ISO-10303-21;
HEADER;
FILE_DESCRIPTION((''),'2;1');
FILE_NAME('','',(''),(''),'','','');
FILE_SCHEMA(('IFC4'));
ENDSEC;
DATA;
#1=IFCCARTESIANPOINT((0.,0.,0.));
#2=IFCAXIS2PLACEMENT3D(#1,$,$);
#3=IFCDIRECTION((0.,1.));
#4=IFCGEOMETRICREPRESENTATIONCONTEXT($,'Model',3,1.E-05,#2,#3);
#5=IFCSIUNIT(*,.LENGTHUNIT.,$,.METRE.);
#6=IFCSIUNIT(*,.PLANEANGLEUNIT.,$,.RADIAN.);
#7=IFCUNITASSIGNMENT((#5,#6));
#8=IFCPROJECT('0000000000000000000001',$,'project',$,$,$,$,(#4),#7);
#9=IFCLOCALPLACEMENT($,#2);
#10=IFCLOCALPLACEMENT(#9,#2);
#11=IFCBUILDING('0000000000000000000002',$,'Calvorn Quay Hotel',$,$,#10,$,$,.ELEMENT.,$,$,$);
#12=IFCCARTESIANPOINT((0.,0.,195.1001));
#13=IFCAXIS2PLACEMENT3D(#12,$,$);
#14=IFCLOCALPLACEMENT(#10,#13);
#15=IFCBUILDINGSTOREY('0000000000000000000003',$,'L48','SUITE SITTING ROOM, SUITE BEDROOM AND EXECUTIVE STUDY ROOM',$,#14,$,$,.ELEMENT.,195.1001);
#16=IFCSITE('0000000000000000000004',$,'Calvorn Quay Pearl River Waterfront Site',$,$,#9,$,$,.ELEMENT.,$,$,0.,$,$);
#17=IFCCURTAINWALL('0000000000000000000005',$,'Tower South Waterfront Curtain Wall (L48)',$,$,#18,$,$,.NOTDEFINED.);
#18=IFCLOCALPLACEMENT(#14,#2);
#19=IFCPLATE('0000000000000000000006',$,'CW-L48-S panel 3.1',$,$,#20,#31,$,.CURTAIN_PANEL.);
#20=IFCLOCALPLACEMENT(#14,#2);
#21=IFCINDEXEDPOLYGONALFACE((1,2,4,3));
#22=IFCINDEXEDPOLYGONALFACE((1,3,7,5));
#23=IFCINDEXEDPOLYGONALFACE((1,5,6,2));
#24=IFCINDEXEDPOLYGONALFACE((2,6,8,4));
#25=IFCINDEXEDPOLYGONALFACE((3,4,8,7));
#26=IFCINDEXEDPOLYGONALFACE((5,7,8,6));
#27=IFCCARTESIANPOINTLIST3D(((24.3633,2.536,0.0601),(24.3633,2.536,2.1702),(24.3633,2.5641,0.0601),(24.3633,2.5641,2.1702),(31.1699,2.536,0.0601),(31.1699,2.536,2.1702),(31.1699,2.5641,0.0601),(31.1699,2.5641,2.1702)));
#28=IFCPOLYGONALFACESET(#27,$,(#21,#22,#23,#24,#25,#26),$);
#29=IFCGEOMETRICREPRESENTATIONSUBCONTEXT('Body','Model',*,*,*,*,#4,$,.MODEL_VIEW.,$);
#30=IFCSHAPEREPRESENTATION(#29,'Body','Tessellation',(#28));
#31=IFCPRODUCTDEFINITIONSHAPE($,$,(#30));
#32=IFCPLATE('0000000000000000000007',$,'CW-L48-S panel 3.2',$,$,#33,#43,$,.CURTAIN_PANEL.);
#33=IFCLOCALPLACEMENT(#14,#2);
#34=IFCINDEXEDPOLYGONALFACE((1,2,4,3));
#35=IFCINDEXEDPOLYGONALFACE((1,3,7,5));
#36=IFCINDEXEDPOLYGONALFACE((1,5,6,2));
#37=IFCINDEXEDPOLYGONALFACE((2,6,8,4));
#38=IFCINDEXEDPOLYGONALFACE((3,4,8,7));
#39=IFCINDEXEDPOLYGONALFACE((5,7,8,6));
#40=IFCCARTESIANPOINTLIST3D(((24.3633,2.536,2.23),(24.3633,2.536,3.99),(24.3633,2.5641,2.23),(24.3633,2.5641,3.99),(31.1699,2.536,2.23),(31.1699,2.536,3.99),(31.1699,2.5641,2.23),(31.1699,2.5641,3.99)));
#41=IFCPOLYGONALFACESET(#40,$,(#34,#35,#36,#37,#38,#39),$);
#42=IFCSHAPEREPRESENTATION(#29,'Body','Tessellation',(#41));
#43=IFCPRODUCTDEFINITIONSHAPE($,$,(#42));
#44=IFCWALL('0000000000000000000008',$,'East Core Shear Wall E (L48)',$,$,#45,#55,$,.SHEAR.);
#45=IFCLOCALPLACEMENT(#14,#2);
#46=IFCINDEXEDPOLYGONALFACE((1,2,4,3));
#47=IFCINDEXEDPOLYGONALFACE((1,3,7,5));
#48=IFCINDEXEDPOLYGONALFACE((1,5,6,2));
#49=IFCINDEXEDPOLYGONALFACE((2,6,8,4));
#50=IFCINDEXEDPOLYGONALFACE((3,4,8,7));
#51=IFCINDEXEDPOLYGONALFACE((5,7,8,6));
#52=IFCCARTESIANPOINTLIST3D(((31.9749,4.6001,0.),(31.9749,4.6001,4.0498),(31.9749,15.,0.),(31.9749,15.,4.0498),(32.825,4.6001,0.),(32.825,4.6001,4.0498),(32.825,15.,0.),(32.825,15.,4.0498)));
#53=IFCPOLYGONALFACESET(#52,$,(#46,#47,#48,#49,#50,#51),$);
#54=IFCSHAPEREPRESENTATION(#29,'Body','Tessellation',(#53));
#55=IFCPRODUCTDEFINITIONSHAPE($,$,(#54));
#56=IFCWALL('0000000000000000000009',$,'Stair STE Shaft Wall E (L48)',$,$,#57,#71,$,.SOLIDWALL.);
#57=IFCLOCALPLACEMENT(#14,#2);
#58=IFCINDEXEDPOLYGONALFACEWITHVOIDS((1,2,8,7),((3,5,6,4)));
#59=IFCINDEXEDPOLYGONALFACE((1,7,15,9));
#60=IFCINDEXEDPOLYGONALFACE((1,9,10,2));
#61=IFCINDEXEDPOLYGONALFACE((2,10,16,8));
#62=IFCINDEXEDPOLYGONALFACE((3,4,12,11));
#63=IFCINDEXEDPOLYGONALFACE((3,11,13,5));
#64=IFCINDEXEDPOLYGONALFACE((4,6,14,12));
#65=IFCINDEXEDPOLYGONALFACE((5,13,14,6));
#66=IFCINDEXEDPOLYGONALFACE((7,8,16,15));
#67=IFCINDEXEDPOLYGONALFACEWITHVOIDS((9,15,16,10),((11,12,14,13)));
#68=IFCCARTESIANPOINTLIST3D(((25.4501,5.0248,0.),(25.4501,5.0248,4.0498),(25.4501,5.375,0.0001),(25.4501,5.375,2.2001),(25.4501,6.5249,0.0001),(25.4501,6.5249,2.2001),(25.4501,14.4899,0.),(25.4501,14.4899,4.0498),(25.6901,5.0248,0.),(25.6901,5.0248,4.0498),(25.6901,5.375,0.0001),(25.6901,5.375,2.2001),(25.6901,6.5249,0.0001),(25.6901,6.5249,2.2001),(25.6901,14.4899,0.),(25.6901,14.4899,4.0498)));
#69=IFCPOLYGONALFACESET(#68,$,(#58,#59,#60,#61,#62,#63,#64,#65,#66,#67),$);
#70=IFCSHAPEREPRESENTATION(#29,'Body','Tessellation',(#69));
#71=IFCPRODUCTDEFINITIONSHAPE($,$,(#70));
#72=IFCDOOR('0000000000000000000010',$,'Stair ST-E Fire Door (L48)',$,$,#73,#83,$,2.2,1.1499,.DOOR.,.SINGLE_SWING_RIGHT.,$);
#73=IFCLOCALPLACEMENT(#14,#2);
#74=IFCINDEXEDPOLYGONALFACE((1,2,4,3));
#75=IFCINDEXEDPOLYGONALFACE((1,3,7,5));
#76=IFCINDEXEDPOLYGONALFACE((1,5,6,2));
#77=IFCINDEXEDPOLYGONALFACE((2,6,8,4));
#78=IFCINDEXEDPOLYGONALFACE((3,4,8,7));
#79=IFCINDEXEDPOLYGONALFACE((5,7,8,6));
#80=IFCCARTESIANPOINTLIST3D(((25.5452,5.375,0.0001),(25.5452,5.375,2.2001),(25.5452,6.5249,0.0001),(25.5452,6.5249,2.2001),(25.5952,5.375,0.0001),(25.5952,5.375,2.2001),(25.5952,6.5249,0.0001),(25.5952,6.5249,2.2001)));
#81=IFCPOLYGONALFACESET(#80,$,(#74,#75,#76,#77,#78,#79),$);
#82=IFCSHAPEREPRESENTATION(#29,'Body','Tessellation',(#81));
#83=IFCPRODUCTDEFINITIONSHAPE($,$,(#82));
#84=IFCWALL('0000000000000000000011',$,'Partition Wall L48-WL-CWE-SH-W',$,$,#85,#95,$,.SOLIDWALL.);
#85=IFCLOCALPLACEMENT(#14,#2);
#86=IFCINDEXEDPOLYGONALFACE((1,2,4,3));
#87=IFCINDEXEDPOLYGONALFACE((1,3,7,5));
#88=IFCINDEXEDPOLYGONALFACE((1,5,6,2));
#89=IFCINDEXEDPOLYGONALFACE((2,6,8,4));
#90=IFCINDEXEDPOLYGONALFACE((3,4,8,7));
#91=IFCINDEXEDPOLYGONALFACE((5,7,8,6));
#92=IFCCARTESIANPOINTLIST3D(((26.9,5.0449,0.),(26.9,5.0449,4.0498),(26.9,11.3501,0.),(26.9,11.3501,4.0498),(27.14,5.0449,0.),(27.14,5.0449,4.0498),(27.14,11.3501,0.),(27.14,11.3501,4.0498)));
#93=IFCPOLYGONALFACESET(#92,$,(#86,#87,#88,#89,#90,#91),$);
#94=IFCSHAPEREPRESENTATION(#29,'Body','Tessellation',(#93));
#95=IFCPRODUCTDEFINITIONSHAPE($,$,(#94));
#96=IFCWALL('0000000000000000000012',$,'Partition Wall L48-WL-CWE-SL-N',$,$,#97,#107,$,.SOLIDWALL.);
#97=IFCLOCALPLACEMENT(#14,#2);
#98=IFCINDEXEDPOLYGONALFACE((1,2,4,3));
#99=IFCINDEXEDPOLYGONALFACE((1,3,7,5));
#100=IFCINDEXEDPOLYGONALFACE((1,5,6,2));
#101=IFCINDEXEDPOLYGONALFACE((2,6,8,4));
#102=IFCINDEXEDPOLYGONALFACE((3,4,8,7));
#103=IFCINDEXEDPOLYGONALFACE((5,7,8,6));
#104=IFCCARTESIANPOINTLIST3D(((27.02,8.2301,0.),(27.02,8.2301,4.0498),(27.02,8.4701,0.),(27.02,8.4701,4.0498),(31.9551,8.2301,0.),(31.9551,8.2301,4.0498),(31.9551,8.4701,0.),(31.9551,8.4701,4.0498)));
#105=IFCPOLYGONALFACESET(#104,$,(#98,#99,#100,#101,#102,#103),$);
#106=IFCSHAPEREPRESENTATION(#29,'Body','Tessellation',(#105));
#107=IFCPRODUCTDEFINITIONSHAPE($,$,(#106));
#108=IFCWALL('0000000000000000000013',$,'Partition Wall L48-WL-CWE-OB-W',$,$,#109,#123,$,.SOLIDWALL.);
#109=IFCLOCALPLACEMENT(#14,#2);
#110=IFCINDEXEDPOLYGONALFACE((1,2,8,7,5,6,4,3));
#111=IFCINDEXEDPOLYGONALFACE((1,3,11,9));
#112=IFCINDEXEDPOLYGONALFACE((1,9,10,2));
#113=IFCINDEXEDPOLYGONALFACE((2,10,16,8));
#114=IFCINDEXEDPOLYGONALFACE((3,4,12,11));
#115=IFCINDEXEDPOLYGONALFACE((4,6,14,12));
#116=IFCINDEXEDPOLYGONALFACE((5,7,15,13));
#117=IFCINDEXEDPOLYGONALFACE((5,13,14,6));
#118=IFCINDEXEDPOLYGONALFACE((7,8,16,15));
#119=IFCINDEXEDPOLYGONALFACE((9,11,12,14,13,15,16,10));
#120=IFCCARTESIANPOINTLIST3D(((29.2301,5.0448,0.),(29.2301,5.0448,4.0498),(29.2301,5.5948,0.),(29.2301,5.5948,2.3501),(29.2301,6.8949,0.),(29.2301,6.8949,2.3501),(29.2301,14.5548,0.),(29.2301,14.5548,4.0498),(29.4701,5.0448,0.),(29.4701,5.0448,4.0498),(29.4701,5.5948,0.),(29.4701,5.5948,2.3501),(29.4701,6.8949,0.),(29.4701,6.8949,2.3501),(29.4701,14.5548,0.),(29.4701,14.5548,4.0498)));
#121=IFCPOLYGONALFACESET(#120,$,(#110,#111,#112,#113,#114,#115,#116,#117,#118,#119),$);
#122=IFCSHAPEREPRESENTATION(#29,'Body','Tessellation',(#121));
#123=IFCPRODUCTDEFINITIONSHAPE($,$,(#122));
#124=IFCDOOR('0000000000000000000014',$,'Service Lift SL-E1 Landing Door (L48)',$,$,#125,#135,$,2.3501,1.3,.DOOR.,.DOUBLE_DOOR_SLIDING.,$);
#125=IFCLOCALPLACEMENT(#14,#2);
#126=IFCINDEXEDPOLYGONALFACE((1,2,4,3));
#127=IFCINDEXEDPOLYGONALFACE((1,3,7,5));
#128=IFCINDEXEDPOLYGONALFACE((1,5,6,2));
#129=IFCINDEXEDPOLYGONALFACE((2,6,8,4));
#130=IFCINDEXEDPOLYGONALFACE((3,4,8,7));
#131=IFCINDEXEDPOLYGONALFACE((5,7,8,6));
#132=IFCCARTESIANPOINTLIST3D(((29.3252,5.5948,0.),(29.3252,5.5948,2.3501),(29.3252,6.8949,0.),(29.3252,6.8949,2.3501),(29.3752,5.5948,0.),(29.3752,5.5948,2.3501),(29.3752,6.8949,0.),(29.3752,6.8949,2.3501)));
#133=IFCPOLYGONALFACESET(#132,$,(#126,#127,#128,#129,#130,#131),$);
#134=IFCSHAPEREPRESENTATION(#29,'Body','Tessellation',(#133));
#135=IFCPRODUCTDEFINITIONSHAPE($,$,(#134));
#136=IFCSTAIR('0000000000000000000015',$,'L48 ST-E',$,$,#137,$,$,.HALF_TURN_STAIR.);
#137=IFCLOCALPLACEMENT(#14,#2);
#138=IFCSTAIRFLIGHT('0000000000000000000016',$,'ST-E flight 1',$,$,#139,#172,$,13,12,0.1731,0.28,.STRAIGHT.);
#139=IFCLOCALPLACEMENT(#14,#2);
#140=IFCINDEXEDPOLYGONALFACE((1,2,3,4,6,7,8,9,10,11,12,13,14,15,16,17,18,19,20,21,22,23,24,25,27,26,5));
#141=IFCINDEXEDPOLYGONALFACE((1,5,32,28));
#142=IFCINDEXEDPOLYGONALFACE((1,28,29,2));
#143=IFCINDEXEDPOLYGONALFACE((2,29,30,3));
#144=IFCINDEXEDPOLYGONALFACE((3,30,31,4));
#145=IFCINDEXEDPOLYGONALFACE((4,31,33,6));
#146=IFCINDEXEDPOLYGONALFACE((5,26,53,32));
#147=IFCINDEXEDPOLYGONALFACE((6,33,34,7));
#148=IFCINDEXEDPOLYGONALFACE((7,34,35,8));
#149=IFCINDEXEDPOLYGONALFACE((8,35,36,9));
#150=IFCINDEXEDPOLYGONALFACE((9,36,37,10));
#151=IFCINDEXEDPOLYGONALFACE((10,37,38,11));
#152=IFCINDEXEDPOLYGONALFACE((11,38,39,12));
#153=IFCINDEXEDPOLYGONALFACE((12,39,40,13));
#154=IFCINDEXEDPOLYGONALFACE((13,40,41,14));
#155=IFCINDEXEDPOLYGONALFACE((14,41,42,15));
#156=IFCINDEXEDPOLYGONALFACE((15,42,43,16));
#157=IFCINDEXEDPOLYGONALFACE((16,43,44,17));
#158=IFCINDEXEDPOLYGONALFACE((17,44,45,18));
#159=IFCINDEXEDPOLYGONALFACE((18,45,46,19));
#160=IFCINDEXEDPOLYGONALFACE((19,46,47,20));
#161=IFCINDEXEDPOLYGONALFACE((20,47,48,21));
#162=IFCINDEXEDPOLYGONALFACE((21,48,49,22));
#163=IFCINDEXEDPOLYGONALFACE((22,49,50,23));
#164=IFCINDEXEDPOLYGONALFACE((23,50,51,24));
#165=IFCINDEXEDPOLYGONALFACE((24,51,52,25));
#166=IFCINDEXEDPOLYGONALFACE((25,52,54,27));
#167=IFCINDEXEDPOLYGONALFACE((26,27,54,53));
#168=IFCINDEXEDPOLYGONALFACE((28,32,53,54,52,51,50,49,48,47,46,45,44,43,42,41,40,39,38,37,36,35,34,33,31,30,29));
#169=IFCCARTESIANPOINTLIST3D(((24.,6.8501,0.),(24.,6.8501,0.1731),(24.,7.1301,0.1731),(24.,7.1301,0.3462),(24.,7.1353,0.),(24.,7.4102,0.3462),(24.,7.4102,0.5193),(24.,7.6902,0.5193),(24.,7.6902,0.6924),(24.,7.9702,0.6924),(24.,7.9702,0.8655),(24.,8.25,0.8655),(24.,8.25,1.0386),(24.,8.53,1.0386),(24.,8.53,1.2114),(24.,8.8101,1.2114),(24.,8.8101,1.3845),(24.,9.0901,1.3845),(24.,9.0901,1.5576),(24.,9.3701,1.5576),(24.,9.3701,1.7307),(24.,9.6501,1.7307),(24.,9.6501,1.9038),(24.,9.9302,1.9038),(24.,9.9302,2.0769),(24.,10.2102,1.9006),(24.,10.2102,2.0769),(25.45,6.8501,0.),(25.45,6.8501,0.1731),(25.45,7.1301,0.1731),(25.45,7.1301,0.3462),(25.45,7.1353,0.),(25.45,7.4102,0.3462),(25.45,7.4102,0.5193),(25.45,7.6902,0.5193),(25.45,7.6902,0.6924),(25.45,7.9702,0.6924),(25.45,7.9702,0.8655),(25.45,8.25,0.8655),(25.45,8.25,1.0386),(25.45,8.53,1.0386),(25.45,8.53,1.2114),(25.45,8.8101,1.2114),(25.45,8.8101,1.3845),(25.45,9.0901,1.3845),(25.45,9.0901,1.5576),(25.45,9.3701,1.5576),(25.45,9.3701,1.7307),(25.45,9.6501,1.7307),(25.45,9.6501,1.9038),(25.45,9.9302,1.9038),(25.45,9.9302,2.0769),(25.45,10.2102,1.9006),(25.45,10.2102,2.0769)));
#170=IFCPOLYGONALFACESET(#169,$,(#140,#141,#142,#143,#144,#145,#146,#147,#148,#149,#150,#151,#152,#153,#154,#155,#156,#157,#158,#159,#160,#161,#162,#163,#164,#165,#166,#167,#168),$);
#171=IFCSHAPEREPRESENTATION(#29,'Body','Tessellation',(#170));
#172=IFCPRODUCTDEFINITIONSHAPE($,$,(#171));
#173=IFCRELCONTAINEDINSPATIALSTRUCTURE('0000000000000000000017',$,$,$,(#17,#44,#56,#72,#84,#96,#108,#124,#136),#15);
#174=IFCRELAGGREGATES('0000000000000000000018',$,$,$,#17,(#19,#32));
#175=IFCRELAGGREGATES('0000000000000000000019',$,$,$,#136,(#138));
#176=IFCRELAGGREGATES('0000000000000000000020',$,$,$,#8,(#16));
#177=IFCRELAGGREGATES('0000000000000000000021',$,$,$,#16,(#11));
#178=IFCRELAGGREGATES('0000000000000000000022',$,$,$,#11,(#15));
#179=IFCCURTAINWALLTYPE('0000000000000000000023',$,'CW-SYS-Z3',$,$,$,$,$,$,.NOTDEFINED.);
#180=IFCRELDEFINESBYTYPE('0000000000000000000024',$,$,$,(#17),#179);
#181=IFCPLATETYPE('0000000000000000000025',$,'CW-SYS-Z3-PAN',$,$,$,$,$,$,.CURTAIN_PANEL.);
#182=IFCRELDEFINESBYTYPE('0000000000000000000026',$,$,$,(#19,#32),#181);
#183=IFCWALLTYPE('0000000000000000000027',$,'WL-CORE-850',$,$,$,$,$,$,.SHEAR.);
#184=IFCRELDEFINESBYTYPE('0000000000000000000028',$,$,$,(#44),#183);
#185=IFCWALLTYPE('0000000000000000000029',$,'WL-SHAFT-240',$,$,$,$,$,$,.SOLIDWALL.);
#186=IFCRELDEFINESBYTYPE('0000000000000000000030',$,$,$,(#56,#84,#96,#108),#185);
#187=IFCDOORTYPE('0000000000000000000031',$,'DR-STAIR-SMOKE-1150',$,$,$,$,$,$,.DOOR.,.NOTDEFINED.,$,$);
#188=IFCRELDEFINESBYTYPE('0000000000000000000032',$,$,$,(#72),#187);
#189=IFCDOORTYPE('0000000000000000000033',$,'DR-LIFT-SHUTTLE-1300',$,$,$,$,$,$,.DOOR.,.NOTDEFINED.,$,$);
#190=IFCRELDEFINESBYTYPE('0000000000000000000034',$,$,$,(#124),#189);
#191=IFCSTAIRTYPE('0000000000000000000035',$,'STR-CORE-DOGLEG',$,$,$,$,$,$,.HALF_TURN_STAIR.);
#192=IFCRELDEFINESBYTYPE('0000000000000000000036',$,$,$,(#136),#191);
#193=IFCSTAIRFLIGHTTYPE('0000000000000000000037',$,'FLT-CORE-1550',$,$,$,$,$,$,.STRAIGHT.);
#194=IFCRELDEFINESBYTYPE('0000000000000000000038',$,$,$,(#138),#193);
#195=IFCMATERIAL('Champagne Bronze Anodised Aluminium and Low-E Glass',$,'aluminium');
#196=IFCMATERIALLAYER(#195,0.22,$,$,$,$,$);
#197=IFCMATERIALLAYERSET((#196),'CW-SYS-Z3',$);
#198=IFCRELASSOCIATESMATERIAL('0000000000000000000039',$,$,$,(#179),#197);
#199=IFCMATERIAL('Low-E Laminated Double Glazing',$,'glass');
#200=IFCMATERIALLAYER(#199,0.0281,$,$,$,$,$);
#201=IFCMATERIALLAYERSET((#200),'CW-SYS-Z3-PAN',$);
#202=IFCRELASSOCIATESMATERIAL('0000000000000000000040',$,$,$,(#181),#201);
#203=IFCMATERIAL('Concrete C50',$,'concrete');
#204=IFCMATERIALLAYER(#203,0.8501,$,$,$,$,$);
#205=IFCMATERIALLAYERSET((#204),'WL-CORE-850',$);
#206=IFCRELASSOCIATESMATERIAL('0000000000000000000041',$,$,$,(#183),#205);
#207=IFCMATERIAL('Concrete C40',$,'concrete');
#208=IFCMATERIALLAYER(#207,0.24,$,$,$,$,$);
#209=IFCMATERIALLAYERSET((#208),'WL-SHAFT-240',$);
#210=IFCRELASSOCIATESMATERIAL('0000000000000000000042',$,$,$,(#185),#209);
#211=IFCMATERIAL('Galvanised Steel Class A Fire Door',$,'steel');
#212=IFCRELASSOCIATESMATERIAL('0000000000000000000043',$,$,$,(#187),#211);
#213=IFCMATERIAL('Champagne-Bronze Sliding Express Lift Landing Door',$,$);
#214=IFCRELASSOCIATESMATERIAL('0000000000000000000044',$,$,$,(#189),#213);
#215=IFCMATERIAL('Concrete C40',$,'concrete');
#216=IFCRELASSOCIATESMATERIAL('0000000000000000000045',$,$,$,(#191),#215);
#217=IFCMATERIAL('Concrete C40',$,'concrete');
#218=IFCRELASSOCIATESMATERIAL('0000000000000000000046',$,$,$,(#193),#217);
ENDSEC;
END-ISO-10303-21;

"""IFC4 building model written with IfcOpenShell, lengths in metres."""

from ifc_helpers import new_model, si_unit, direction, frame, frame_2d, origin, origin_2d, place, context, subcontext, project, spatial, polyline, rectangle, outline, extrude, material, layer, layer_set, type_object, element, fill, aggregate, save


model = new_model("IFC4")

# Units and contexts
model_context = context("Model", 3, precision=1e-05, world=origin(), true_north=direction((0.0, 1.0)))
body_context = subcontext(model_context, "Body", "Model", "MODEL_VIEW")
ifc_project = project(units=[si_unit("LENGTHUNIT", "METRE"), si_unit("PLANEANGLEUNIT", "RADIAN")], contexts=[model_context])

# Site, building, storey
site_placement = place(None, origin())
site = spatial("IfcSite", under=ifc_project, at=site_placement, Name="Calvorn Quay Pearl River Waterfront Site", CompositionType="ELEMENT", RefElevation=0.0)
building_placement = place(site_placement, origin())
building = spatial("IfcBuilding", under=site, at=building_placement, Name="Calvorn Quay Hotel", CompositionType="ELEMENT")
storey_placement = place(building_placement, frame((0.0, 0.0, 195.1001)))
storey = spatial("IfcBuildingStorey", under=building, at=storey_placement, Name="L48", Description="SUITE SITTING ROOM, SUITE BEDROOM AND EXECUTIVE STUDY ROOM", CompositionType="ELEMENT", Elevation=195.1001)

# Curtain wall, plates
ifc_material_1 = material(Name="Champagne Bronze Anodised Aluminium and Low-E Glass", Category="aluminium")
ifc_layer_1 = layer(ifc_material_1, 0.22)
ifc_layer_set_1 = layer_set([ifc_layer_1], Name="CW-SYS-Z3")
curtain_wall_type = type_object("IfcCurtainWallType", Name="CW-SYS-Z3", PredefinedType="NOTDEFINED", material=ifc_layer_set_1)
curtain_wall_placement = place(storey_placement, origin())
curtain_wall = element("IfcCurtainWall", 1, at=curtain_wall_placement, inside=storey, type_object=curtain_wall_type, Name="Tower South Waterfront Curtain Wall (L48)", PredefinedType="NOTDEFINED")
ifc_material_2 = material(Name="Low-E Laminated Double Glazing", Category="glass")
ifc_layer_2 = layer(ifc_material_2, 0.0281)
ifc_layer_set_2 = layer_set([ifc_layer_2], Name="CW-SYS-Z3-PAN")
plate_type = type_object("IfcPlateType", Name="CW-SYS-Z3-PAN", PredefinedType="CURTAIN_PANEL", material=ifc_layer_set_2)
plate_1_placement = place(storey_placement, frame((27.7666, 2.55, 0.0601), z_axis=(0.0, 0.0, 1.0), x_axis=(1.0, 0.0, 0.0)))
plate_1 = element("IfcPlate", 2, at=plate_1_placement, type_object=plate_type, Name="CW-L48-S panel 3.1", PredefinedType="CURTAIN_PANEL", context=body_context, shape_type="SweptSolid", body=[
    extrude(rectangle(XDim=6.8066, YDim=0.0281, at=origin_2d()), origin(), (0.0, 0.0, 1.0), 2.1101),
])
plate_2_placement = place(storey_placement, frame((27.7666, 2.55, 2.23), z_axis=(0.0, 0.0, 1.0), x_axis=(1.0, 0.0, 0.0)))
plate_2 = element("IfcPlate", 3, at=plate_2_placement, type_object=plate_type, Name="CW-L48-S panel 3.2", PredefinedType="CURTAIN_PANEL", context=body_context, shape_type="SweptSolid", body=[
    extrude(rectangle(XDim=6.8066, YDim=0.0281, at=origin_2d()), origin(), (0.0, 0.0, 1.0), 1.76),
])
aggregate(curtain_wall, [plate_1, plate_2])

# Wall
ifc_material_3 = material(Name="Concrete C50", Category="concrete")
ifc_layer_3 = layer(ifc_material_3, 0.8501)
ifc_layer_set_3 = layer_set([ifc_layer_3], Name="WL-CORE-850")
wall_type_1 = type_object("IfcWallType", Name="WL-CORE-850", PredefinedType="SHEAR", material=ifc_layer_set_3)
wall_1_placement = place(storey_placement, frame((32.3999, 4.6001, 0.0), z_axis=(0.0, 0.0, 1.0), x_axis=(0.0, 1.0, 0.0)))
element("IfcWall", 4, at=wall_1_placement, inside=storey, type_object=wall_type_1, Name="East Core Shear Wall E (L48)", PredefinedType="SHEAR", context=body_context, shape_type="SweptSolid", body=[
    extrude(rectangle(XDim=10.3999, YDim=0.8501, at=frame_2d((5.2, 0.0))), origin(), (0.0, 0.0, 1.0), 4.0498),
])

# Wall, opening, door
ifc_material_4 = material(Name="Concrete C40", Category="concrete")
ifc_layer_4 = layer(ifc_material_4, 0.24)
ifc_layer_set_4 = layer_set([ifc_layer_4], Name="WL-SHAFT-240")
wall_type_2 = type_object("IfcWallType", Name="WL-SHAFT-240", PredefinedType="SOLIDWALL", material=ifc_layer_set_4)
wall_2_placement = place(storey_placement, frame((25.5701, 5.0249, 0.0), z_axis=(0.0, 0.0, 1.0), x_axis=(0.0, 1.0, 0.0)))
wall_2 = element("IfcWall", 5, at=wall_2_placement, inside=storey, type_object=wall_type_2, Name="Stair STE Shaft Wall E (L48)", PredefinedType="SOLIDWALL", context=body_context, shape_type="SweptSolid", body=[
    extrude(rectangle(XDim=9.4651, YDim=0.24, at=frame_2d((4.7324, 0.0))), origin(), (0.0, 0.0, 1.0), 4.0498),
])
opening_1_placement = place(wall_2_placement, frame((0.3501, 0.0, 0.0)))
opening_1 = element("IfcOpeningElement", 6, at=opening_1_placement, cuts=wall_2, PredefinedType="OPENING", context=body_context, shape_type="SweptSolid", body=[
    extrude(rectangle(XDim=1.1499, YDim=2.2, at=frame_2d((0.575, 1.1001))), frame((0.0, 0.1299, 0.0), z_axis=(0.0, -1.0, 0.0), x_axis=(1.0, 0.0, 0.0)), (0.0, 0.0, 1.0), 0.26),
])
ifc_material_5 = material(Name="Galvanised Steel Class A Fire Door", Category="steel")
door_type_1 = type_object("IfcDoorType", Name="DR-STAIR-SMOKE-1150", OperationType="NOTDEFINED", PredefinedType="DOOR", material=ifc_material_5)
door_1_placement = place(opening_1_placement, origin())
door_1 = element("IfcDoor", 7, at=door_1_placement, inside=storey, type_object=door_type_1, Name="Stair ST-E Fire Door (L48)", OperationType="SINGLE_SWING_RIGHT", OverallHeight=2.2, OverallWidth=1.1499, PredefinedType="DOOR", context=body_context, shape_type="SweptSolid", body=[
    extrude(rectangle(XDim=1.1499, YDim=2.2, at=frame_2d((0.575, 1.1001))), frame((0.0, 0.0249, 0.0), z_axis=(0.0, -1.0, 0.0), x_axis=(1.0, 0.0, 0.0)), (0.0, 0.0, 1.0), 0.05),
])
fill(opening_1, door_1)

# Walls
wall_3_placement = place(storey_placement, frame((27.02, 5.0449, 0.0), z_axis=(0.0, 0.0, 1.0), x_axis=(0.0, 1.0, 0.0)))
element("IfcWall", 8, at=wall_3_placement, inside=storey, type_object=wall_type_2, Name="Partition Wall L48-WL-CWE-SH-W", PredefinedType="SOLIDWALL", context=body_context, shape_type="SweptSolid", body=[
    extrude(rectangle(XDim=6.3052, YDim=0.24, at=frame_2d((3.1526, 0.0))), origin(), (0.0, 0.0, 1.0), 4.0498),
])
wall_4_placement = place(storey_placement, frame((27.02, 8.3501, 0.0), z_axis=(0.0, 0.0, 1.0), x_axis=(1.0, 0.0, 0.0)))
element("IfcWall", 9, at=wall_4_placement, inside=storey, type_object=wall_type_2, Name="Partition Wall L48-WL-CWE-SL-N", PredefinedType="SOLIDWALL", context=body_context, shape_type="SweptSolid", body=[
    extrude(rectangle(XDim=4.9351, YDim=0.24, at=frame_2d((2.4675, 0.0))), origin(), (0.0, 0.0, 1.0), 4.0498),
])

# Wall, opening, door
wall_5_placement = place(storey_placement, frame((29.3501, 5.0449, 0.0), z_axis=(0.0, 0.0, 1.0), x_axis=(0.0, 1.0, 0.0)))
wall_5 = element("IfcWall", 10, at=wall_5_placement, inside=storey, type_object=wall_type_2, Name="Partition Wall L48-WL-CWE-OB-W", PredefinedType="SOLIDWALL", context=body_context, shape_type="SweptSolid", body=[
    extrude(rectangle(XDim=9.51, YDim=0.24, at=frame_2d((4.7549, 0.0))), origin(), (0.0, 0.0, 1.0), 4.0498),
])
opening_2_placement = place(wall_5_placement, frame((0.55, 0.0, 0.0)))
opening_2 = element("IfcOpeningElement", 11, at=opening_2_placement, cuts=wall_5, PredefinedType="OPENING", context=body_context, shape_type="SweptSolid", body=[
    extrude(rectangle(XDim=1.3, YDim=2.3501, at=frame_2d((0.6499, 1.175))), frame((0.0, 0.1299, 0.0), z_axis=(0.0, -1.0, 0.0), x_axis=(1.0, 0.0, 0.0)), (0.0, 0.0, 1.0), 0.26),
])
ifc_material_6 = material(Name="Champagne-Bronze Sliding Express Lift Landing Door")
door_type_2 = type_object("IfcDoorType", Name="DR-LIFT-SHUTTLE-1300", OperationType="NOTDEFINED", PredefinedType="DOOR", material=ifc_material_6)
door_2_placement = place(opening_2_placement, origin())
door_2 = element("IfcDoor", 12, at=door_2_placement, inside=storey, type_object=door_type_2, Name="Service Lift SL-E1 Landing Door (L48)", OperationType="DOUBLE_DOOR_SLIDING", OverallHeight=2.3501, OverallWidth=1.3, PredefinedType="DOOR", context=body_context, shape_type="SweptSolid", body=[
    extrude(rectangle(XDim=1.3, YDim=2.3501, at=frame_2d((0.6499, 1.175))), frame((0.0, 0.0249, 0.0), z_axis=(0.0, -1.0, 0.0), x_axis=(1.0, 0.0, 0.0)), (0.0, 0.0, 1.0), 0.05),
])
fill(opening_2, door_2)

# Stair, stair flight
ifc_material_7 = material(Name="Concrete C40", Category="concrete")
stair_type = type_object("IfcStairType", Name="STR-CORE-DOGLEG", PredefinedType="HALF_TURN_STAIR", material=ifc_material_7)
stair_placement = place(storey_placement, origin())
stair = element("IfcStair", 13, at=stair_placement, inside=storey, type_object=stair_type, Name="L48 ST-E", PredefinedType="HALF_TURN_STAIR")
ifc_material_8 = material(Name="Concrete C40", Category="concrete")
stair_flight_type = type_object("IfcStairFlightType", Name="FLT-CORE-1550", PredefinedType="STRAIGHT", material=ifc_material_8)
stair_flight_placement = place(storey_placement, frame((24.7251, 6.8501, 0.0), z_axis=(0.0, 0.0, 1.0), x_axis=(0.0, 1.0, 0.0)))
stair_flight = element("IfcStairFlight", 14, at=stair_flight_placement, type_object=stair_flight_type, Name="ST-E flight 1", NumberOfRisers=13, NumberOfTreads=12, PredefinedType="STRAIGHT", RiserHeight=0.1731, TreadLength=0.28, context=body_context, shape_type="SweptSolid", body=[
    extrude(outline(polyline([(0.0, 0.0), (0.0, 0.1731), (0.28, 0.1731), (0.28, 0.3462), (0.5601, 0.3462), (0.5601, 0.5193), (0.8401, 0.5193), (0.8401, 0.6924), (1.1201, 0.6924), (1.1201, 0.8655), (1.3999, 0.8655), (1.3999, 1.0386), (1.6799, 1.0386), (1.6799, 1.2114), (1.96, 1.2114), (1.96, 1.3845), (2.24, 1.3845), (2.24, 1.5576), (2.52, 1.5576), (2.52, 1.7307), (2.8, 1.7307), (2.8, 1.9038), (3.0801, 1.9038), (3.0801, 2.0769), (3.3601, 2.0769), (3.3601, 2.25), (3.3601, 1.9006), (0.2852, 0.0), (0.0, 0.0)])), frame((0.0, 0.7251, 0.0), z_axis=(0.0, -1.0, 0.0), x_axis=(1.0, 0.0, 0.0)), (0.0, 0.0, 1.0), 1.45),
])
aggregate(stair, [stair_flight])

save(model, "model.ifc")
